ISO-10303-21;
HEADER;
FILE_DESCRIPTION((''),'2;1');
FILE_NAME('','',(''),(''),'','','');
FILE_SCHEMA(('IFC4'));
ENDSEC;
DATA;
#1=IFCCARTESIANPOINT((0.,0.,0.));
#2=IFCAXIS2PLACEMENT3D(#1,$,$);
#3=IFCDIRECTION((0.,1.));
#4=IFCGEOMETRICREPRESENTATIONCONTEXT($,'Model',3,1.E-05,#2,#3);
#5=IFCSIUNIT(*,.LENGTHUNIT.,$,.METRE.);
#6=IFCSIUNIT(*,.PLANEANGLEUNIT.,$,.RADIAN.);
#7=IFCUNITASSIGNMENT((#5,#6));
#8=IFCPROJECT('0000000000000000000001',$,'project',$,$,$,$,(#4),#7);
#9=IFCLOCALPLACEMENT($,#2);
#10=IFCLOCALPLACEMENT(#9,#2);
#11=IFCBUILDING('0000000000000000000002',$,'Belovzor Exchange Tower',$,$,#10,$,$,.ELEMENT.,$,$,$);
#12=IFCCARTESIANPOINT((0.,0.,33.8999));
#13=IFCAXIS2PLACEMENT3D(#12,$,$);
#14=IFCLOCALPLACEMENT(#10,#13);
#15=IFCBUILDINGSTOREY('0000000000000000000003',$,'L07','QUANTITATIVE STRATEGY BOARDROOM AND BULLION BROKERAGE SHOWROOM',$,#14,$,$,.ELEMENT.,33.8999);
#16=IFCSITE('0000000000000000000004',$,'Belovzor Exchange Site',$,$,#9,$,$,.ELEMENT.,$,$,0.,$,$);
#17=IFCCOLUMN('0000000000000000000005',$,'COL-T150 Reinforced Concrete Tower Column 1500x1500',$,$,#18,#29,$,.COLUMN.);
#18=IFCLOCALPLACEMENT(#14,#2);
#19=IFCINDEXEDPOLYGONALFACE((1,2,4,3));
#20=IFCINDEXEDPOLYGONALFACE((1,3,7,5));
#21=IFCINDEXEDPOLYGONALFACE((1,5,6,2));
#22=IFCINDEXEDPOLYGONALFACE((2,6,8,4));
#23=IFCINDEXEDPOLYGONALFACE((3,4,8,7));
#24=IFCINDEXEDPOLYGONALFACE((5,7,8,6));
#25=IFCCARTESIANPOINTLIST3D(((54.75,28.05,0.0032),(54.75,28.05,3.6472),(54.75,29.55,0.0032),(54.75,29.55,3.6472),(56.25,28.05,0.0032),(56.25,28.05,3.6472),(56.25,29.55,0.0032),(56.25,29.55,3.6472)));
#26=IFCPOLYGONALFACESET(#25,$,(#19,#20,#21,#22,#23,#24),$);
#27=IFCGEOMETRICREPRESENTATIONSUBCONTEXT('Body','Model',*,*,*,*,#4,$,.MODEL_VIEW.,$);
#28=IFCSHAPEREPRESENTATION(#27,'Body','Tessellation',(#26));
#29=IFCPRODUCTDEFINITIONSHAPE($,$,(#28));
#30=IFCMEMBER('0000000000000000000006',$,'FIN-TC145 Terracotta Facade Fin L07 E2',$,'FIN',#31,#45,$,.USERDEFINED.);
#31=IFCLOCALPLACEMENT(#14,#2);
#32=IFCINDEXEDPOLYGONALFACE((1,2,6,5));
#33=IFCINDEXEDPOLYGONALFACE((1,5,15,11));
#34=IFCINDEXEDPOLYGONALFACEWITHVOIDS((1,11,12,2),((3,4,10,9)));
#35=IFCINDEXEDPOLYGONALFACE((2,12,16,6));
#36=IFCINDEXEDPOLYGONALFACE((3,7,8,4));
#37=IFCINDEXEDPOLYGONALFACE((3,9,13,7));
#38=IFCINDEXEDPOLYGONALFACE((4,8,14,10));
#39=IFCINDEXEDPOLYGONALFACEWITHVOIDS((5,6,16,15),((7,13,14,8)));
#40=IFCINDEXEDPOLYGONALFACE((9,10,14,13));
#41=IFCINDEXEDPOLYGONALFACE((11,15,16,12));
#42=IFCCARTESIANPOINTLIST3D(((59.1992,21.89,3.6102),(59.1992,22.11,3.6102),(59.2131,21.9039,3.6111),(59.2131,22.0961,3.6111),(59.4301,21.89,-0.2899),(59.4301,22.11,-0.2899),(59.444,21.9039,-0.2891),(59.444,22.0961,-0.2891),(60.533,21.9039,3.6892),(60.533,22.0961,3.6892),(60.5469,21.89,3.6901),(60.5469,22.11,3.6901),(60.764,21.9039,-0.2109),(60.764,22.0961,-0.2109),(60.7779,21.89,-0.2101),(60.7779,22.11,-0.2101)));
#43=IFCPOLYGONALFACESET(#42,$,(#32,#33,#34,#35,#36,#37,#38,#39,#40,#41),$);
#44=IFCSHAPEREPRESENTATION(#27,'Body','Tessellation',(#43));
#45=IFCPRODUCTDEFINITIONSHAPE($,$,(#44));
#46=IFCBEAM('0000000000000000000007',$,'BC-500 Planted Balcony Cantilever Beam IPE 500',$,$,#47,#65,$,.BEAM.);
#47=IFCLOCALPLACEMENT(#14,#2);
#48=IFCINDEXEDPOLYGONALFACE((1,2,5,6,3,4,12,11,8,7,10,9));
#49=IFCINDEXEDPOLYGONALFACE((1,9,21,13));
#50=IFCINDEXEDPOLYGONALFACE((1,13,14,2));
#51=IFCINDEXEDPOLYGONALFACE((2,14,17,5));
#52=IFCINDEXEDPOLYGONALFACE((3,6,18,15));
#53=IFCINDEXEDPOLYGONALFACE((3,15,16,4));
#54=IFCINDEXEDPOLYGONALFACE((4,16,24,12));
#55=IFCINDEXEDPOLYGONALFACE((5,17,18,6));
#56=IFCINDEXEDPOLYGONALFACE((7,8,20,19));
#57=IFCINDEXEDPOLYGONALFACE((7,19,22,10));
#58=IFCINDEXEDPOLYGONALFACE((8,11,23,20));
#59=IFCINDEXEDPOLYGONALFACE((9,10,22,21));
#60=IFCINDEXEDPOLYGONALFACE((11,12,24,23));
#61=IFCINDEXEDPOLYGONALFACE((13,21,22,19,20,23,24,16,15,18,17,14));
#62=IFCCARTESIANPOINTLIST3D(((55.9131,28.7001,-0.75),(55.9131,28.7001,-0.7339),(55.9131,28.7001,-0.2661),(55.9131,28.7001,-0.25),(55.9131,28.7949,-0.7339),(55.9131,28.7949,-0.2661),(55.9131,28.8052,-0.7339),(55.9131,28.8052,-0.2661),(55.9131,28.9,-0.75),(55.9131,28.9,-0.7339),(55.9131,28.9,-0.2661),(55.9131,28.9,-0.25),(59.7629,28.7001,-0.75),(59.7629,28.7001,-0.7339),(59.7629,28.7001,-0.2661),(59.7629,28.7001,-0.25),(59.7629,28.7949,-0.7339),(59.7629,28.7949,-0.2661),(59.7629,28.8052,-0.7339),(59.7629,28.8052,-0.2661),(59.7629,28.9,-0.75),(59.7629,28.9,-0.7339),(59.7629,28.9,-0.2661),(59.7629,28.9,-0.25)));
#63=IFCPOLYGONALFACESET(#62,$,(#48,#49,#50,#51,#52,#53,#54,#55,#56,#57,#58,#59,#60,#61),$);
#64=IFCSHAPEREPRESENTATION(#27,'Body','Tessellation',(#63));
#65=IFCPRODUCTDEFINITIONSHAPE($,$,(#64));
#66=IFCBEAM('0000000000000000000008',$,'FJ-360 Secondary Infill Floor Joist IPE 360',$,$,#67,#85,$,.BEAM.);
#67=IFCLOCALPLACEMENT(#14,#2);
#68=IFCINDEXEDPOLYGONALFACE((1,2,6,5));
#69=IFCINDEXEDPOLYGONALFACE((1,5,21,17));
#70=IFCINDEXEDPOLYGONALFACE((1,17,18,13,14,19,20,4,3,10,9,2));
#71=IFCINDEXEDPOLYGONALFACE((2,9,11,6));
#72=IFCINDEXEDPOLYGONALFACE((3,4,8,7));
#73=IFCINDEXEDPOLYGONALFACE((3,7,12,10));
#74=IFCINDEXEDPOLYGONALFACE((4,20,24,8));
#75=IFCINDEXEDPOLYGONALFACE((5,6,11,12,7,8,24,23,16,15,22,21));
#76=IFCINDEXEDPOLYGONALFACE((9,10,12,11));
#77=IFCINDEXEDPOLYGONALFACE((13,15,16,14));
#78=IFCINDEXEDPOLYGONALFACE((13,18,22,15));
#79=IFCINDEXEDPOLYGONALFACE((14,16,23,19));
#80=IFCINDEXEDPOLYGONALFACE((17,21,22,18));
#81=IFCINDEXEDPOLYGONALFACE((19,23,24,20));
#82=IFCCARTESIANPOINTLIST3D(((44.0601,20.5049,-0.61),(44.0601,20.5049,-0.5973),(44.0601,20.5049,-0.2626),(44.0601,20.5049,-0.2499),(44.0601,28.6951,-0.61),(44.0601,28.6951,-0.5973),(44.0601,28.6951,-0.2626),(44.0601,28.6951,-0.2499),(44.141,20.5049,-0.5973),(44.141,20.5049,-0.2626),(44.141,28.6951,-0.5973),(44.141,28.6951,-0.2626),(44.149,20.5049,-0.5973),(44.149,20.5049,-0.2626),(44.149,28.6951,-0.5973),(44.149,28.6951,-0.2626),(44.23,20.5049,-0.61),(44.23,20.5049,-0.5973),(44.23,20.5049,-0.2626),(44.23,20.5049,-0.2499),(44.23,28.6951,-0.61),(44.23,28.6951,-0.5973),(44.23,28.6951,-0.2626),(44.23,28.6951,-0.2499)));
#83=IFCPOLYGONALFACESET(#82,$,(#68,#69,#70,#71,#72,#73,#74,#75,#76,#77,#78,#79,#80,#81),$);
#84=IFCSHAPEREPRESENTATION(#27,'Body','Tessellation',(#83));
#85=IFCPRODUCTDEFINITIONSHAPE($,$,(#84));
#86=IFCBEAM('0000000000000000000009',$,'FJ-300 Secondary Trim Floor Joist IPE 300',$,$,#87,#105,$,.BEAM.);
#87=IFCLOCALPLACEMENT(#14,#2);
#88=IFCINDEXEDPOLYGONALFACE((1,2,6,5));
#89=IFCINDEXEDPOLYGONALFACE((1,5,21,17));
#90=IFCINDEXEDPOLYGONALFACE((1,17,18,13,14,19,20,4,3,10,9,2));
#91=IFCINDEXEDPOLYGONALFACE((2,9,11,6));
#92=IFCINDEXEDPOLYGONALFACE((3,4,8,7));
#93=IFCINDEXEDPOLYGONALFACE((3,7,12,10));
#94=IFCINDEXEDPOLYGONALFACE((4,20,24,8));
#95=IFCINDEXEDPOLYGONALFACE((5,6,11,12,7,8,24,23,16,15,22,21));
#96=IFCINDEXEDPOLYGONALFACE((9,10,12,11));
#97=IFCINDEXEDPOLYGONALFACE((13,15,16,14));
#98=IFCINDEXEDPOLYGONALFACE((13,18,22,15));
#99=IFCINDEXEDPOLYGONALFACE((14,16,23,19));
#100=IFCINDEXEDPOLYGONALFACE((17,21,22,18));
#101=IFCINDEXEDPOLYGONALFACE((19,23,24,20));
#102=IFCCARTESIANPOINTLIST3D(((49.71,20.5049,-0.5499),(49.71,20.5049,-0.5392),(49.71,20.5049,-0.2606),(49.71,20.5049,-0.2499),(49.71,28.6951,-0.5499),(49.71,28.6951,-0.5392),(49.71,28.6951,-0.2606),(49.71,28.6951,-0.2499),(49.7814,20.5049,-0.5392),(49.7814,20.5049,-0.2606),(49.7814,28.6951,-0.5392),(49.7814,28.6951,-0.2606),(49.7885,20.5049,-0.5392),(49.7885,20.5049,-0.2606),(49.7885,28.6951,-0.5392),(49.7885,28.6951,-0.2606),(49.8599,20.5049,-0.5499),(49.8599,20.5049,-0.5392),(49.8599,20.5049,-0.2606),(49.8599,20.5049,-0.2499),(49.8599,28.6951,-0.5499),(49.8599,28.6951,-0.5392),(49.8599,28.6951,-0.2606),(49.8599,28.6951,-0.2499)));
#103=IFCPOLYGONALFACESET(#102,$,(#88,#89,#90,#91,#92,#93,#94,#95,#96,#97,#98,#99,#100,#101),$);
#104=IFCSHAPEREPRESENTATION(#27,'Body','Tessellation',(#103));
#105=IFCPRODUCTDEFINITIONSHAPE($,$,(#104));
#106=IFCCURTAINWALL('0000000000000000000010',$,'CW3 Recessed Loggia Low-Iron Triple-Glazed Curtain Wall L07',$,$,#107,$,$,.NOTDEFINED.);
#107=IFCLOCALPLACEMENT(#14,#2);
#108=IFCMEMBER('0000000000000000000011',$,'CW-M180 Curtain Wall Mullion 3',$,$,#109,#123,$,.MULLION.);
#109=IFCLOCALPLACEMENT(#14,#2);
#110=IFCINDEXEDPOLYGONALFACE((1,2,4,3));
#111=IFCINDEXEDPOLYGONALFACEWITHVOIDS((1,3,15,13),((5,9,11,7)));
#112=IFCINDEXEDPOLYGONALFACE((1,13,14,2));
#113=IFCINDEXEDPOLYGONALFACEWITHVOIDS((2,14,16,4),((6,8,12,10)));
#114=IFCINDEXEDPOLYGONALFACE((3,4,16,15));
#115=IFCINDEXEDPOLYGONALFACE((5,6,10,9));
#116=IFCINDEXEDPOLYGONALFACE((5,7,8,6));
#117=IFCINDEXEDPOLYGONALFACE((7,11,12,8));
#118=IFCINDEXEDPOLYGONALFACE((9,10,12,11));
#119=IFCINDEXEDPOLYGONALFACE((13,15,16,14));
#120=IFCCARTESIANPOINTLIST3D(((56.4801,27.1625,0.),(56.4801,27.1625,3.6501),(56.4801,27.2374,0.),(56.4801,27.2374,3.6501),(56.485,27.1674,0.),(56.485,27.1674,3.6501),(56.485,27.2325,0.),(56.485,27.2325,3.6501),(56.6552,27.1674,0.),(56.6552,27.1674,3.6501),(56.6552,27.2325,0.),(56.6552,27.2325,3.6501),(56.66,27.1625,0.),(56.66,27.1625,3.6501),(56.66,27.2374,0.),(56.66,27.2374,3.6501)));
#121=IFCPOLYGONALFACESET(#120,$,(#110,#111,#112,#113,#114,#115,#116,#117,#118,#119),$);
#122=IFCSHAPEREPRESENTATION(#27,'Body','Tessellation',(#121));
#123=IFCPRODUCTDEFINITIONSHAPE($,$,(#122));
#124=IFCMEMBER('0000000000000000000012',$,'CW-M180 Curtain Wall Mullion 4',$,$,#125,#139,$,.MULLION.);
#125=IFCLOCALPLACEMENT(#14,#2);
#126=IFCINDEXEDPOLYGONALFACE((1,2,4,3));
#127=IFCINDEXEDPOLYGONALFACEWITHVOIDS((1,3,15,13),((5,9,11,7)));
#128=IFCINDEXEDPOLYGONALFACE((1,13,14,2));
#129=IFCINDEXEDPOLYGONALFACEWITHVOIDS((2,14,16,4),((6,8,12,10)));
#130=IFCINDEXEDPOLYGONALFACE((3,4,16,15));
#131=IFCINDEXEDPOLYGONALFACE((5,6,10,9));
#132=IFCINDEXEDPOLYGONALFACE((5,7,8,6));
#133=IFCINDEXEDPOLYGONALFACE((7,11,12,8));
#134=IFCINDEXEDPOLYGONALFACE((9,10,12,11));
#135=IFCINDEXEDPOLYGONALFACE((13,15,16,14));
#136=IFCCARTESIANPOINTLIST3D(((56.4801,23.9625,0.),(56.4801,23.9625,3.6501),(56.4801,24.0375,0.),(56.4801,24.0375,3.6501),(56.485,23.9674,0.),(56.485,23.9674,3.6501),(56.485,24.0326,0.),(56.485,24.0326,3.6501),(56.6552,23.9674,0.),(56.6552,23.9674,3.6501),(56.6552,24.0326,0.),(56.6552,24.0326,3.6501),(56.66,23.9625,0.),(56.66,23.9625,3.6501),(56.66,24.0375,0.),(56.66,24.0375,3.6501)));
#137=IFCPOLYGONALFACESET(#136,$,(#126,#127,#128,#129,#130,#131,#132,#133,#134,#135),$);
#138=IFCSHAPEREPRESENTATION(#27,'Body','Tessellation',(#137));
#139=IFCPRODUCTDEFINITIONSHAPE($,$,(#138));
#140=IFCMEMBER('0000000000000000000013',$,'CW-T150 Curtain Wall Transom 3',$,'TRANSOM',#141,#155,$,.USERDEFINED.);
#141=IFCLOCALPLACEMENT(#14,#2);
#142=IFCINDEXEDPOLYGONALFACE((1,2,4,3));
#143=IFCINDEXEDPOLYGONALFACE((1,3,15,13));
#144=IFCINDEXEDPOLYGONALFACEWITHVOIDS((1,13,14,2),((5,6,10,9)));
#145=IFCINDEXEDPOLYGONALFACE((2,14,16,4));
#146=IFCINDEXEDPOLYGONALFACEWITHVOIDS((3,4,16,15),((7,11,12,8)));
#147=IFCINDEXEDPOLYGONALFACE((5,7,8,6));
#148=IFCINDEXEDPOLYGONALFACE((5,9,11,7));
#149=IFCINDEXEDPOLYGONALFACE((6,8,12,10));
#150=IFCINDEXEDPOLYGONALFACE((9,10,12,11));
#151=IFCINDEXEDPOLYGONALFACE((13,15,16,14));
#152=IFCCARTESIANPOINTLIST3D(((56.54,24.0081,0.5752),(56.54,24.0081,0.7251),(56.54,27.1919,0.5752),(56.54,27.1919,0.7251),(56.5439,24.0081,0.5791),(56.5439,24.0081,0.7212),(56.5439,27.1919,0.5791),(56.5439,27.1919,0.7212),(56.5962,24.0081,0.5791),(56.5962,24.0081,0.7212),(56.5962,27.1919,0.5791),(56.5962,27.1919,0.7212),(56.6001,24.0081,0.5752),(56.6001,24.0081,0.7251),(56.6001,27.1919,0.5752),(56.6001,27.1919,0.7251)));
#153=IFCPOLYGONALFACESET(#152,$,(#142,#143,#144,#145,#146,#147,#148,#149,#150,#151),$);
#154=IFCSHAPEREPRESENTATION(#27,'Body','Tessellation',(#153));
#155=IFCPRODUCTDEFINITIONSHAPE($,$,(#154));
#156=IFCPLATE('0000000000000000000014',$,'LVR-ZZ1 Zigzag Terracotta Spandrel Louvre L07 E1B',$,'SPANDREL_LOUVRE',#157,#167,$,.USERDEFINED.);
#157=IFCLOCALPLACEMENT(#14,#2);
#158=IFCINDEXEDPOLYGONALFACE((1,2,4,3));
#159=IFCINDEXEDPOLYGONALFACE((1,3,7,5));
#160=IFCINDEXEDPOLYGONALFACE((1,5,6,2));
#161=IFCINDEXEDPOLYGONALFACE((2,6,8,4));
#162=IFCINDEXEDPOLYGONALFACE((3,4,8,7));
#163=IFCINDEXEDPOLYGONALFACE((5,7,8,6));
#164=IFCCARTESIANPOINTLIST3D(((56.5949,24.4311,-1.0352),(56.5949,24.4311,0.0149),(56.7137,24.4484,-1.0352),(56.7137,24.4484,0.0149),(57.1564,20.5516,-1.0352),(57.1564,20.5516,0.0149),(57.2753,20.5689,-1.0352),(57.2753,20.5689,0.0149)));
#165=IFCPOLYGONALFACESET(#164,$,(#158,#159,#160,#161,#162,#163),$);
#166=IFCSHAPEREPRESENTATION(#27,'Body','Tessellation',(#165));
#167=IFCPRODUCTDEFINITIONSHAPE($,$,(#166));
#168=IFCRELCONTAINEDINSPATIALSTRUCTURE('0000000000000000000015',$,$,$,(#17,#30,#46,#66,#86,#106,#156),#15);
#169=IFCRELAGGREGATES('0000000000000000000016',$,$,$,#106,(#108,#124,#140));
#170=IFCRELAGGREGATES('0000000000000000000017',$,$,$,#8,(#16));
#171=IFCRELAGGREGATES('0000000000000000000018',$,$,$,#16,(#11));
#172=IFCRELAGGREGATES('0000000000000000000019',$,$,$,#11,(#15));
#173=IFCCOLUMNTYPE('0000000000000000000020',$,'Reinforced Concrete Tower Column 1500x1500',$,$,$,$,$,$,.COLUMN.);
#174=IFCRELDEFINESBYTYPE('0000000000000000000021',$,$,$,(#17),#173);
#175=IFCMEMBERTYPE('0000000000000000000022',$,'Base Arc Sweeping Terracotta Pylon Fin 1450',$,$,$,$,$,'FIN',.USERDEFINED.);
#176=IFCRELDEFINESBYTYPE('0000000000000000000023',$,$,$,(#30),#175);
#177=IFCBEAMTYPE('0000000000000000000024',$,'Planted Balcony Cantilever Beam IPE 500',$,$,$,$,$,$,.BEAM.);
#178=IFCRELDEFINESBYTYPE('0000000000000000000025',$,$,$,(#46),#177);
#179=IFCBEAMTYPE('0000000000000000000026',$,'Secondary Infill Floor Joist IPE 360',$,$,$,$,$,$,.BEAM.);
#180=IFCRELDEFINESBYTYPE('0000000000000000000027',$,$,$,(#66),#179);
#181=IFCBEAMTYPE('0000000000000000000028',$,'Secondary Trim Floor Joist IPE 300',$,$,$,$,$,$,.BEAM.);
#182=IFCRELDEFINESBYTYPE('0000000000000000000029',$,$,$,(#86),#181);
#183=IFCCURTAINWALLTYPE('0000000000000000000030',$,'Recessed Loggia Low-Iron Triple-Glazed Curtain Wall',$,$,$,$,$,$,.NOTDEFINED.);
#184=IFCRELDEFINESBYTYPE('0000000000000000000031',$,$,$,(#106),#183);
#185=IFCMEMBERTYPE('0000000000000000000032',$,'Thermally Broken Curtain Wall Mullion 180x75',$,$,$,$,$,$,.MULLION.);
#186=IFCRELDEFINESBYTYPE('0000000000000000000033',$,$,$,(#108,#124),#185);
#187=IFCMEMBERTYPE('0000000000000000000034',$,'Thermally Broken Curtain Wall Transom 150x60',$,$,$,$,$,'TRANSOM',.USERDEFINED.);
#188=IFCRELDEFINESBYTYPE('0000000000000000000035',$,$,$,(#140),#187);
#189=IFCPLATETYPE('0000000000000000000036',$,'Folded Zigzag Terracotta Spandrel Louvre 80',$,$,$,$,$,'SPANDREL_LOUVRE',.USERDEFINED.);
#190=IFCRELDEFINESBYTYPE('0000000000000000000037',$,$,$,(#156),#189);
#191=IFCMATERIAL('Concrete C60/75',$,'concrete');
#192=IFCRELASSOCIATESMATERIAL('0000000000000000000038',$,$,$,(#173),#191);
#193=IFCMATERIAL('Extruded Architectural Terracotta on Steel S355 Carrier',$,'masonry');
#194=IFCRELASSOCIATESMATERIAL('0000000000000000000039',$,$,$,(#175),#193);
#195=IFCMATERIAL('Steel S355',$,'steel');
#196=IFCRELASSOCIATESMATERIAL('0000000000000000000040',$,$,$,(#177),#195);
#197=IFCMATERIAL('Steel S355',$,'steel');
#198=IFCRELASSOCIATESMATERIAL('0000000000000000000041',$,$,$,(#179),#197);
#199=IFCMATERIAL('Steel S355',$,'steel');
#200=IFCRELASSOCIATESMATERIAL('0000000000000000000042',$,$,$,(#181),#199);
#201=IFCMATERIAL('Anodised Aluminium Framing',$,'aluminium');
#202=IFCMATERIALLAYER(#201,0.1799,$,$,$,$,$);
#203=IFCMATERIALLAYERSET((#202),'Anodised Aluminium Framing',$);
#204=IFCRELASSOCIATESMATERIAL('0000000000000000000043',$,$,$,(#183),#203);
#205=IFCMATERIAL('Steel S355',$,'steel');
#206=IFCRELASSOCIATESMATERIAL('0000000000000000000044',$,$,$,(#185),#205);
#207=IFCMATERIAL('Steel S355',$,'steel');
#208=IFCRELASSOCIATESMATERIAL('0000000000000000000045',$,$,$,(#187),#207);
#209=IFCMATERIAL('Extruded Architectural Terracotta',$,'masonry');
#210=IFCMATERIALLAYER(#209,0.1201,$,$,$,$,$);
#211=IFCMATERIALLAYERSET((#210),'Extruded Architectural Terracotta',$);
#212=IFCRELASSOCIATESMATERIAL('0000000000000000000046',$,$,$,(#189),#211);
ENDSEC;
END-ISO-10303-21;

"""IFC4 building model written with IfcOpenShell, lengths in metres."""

from ifc_helpers import new_model, si_unit, direction, frame, origin, origin_2d, place, context, subcontext, project, spatial, rectangle, hollow_rectangle, i_section, extrude, material, layer, layer_set, material_profile, profile_set, type_object, element, aggregate, save


model = new_model("IFC4")

# Units and contexts
model_context = context("Model", 3, precision=1e-05, world=origin(), true_north=direction((0.0, 1.0)))
body_context = subcontext(model_context, "Body", "Model", "MODEL_VIEW")
ifc_project = project(units=[si_unit("LENGTHUNIT", "METRE"), si_unit("PLANEANGLEUNIT", "RADIAN")], contexts=[model_context])

# Site, building, storey
site_placement = place(None, origin())
site = spatial("IfcSite", under=ifc_project, at=site_placement, Name="Belovzor Exchange Site", CompositionType="ELEMENT", RefElevation=0.0)
building_placement = place(site_placement, origin())
building = spatial("IfcBuilding", under=site, at=building_placement, Name="Belovzor Exchange Tower", CompositionType="ELEMENT")
storey_placement = place(building_placement, frame((0.0, 0.0, 33.8999)))
storey = spatial("IfcBuildingStorey", under=building, at=storey_placement, Name="L07", Description="QUANTITATIVE STRATEGY BOARDROOM AND BULLION BROKERAGE SHOWROOM", CompositionType="ELEMENT", Elevation=33.8999)

# Column
ifc_material_1 = material(Name="Concrete C60/75", Category="concrete")
ifc_material_profile_1 = material_profile(ifc_material_1, rectangle(XDim=1.5, YDim=1.5, at=origin_2d()))
ifc_profile_set_1 = profile_set([ifc_material_profile_1], Name="Concrete C60/75")
column_type = type_object("IfcColumnType", Name="Reinforced Concrete Tower Column 1500x1500", PredefinedType="COLUMN", material=ifc_profile_set_1)
column_placement = place(storey_placement, frame((55.5, 28.8, 0.0032), z_axis=(0.0, 0.0, 1.0), x_axis=(1.0, 0.0, 0.0)))
element("IfcColumn", 1, at=column_placement, inside=storey, type_object=column_type, Name="COL-T150 Reinforced Concrete Tower Column 1500x1500", PredefinedType="COLUMN", context=body_context, shape_type="SweptSolid", body=[
    extrude(rectangle(XDim=1.5, YDim=1.5, at=origin_2d()), origin(), (0.0, 0.0, 1.0), 3.644),
])

# Member
ifc_material_2 = material(Name="Extruded Architectural Terracotta on Steel S355 Carrier", Category="masonry")
ifc_material_profile_2 = material_profile(ifc_material_2, hollow_rectangle(XDim=0.22, YDim=1.3501, WallThickness=0.0139, at=origin_2d()))
ifc_profile_set_2 = profile_set([ifc_material_profile_2], Name="Extruded Architectural Terracotta on Steel S355 Carrier")
member_type_1 = type_object("IfcMemberType", Name="Base Arc Sweeping Terracotta Pylon Fin 1450", ElementType="FIN", PredefinedType="USERDEFINED", material=ifc_profile_set_2)
member_1_placement = place(storey_placement, frame((60.104, 22.0, -0.25), z_axis=(-0.059114, 0.0, 0.998251), x_axis=(0.0, -1.0, 0.0)))
element("IfcMember", 2, at=member_1_placement, inside=storey, type_object=member_type_1, Name="FIN-TC145 Terracotta Facade Fin L07 E2", ObjectType="FIN", PredefinedType="USERDEFINED", context=body_context, shape_type="SweptSolid", body=[
    extrude(hollow_rectangle(XDim=0.22, YDim=1.3501, WallThickness=0.0139, at=origin_2d()), origin(), (0.0, 0.0, 1.0), 3.907),
])

# Beams
ifc_material_3 = material(Name="Steel S355", Category="steel")
ifc_material_profile_3 = material_profile(ifc_material_3, i_section(OverallWidth=0.2, OverallDepth=0.5, WebThickness=0.0103, FlangeThickness=0.0161, at=origin_2d()))
ifc_profile_set_3 = profile_set([ifc_material_profile_3], Name="Steel S355")
beam_type_1 = type_object("IfcBeamType", Name="Planted Balcony Cantilever Beam IPE 500", PredefinedType="BEAM", material=ifc_profile_set_3)
beam_1_placement = place(storey_placement, frame((55.9131, 28.8, -0.5), z_axis=(1.0, 0.0, 0.0), x_axis=(0.0, 1.0, 0.0)))
element("IfcBeam", 3, at=beam_1_placement, inside=storey, type_object=beam_type_1, Name="BC-500 Planted Balcony Cantilever Beam IPE 500", PredefinedType="BEAM", context=body_context, shape_type="SweptSolid", body=[
    extrude(i_section(OverallWidth=0.2, OverallDepth=0.5, WebThickness=0.0103, FlangeThickness=0.0161, at=origin_2d()), origin(), (0.0, 0.0, 1.0), 3.8499),
])
ifc_material_4 = material(Name="Steel S355", Category="steel")
ifc_material_profile_4 = material_profile(ifc_material_4, i_section(OverallWidth=0.1699, OverallDepth=0.3601, WebThickness=0.0081, FlangeThickness=0.0127, at=origin_2d()))
ifc_profile_set_4 = profile_set([ifc_material_profile_4], Name="Steel S355")
beam_type_2 = type_object("IfcBeamType", Name="Secondary Infill Floor Joist IPE 360", PredefinedType="BEAM", material=ifc_profile_set_4)
beam_2_placement = place(storey_placement, frame((44.145, 20.5049, -0.4299), z_axis=(0.0, 1.0, 0.0), x_axis=(-1.0, 0.0, 0.0)))
element("IfcBeam", 4, at=beam_2_placement, inside=storey, type_object=beam_type_2, Name="FJ-360 Secondary Infill Floor Joist IPE 360", PredefinedType="BEAM", context=body_context, shape_type="SweptSolid", body=[
    extrude(i_section(OverallWidth=0.1699, OverallDepth=0.3601, WebThickness=0.0081, FlangeThickness=0.0127, at=origin_2d()), origin(), (0.0, 0.0, 1.0), 8.1902),
])
ifc_material_5 = material(Name="Steel S355", Category="steel")
ifc_material_profile_5 = material_profile(ifc_material_5, i_section(OverallWidth=0.1499, OverallDepth=0.3, WebThickness=0.0071, FlangeThickness=0.0107, at=origin_2d()))
ifc_profile_set_5 = profile_set([ifc_material_profile_5], Name="Steel S355")
beam_type_3 = type_object("IfcBeamType", Name="Secondary Trim Floor Joist IPE 300", PredefinedType="BEAM", material=ifc_profile_set_5)
beam_3_placement = place(storey_placement, frame((49.7849, 20.5049, -0.3999), z_axis=(0.0, 1.0, 0.0), x_axis=(-1.0, 0.0, 0.0)))
element("IfcBeam", 5, at=beam_3_placement, inside=storey, type_object=beam_type_3, Name="FJ-300 Secondary Trim Floor Joist IPE 300", PredefinedType="BEAM", context=body_context, shape_type="SweptSolid", body=[
    extrude(i_section(OverallWidth=0.1499, OverallDepth=0.3, WebThickness=0.0071, FlangeThickness=0.0107, at=origin_2d()), origin(), (0.0, 0.0, 1.0), 8.1902),
])

# Curtain wall, members
ifc_material_6 = material(Name="Anodised Aluminium Framing", Category="aluminium")
ifc_layer_1 = layer(ifc_material_6, 0.1799)
ifc_layer_set_1 = layer_set([ifc_layer_1], Name="Anodised Aluminium Framing")
curtain_wall_type = type_object("IfcCurtainWallType", Name="Recessed Loggia Low-Iron Triple-Glazed Curtain Wall", PredefinedType="NOTDEFINED", material=ifc_layer_set_1)
curtain_wall_placement = place(storey_placement, origin())
curtain_wall = element("IfcCurtainWall", 6, at=curtain_wall_placement, inside=storey, type_object=curtain_wall_type, Name="CW3 Recessed Loggia Low-Iron Triple-Glazed Curtain Wall L07", PredefinedType="NOTDEFINED")
ifc_material_7 = material(Name="Steel S355", Category="steel")
ifc_material_profile_6 = material_profile(ifc_material_7, hollow_rectangle(XDim=0.075, YDim=0.1799, WallThickness=0.0049, at=origin_2d()))
ifc_profile_set_6 = profile_set([ifc_material_profile_6], Name="Steel S355")
member_type_2 = type_object("IfcMemberType", Name="Thermally Broken Curtain Wall Mullion 180x75", PredefinedType="MULLION", material=ifc_profile_set_6)
member_2_placement = place(storey_placement, frame((56.5701, 27.2, 0.0), z_axis=(0.0, 0.0, 1.0), x_axis=(0.0, -1.0, 0.0)))
member_2 = element("IfcMember", 7, at=member_2_placement, type_object=member_type_2, Name="CW-M180 Curtain Wall Mullion 3", PredefinedType="MULLION", context=body_context, shape_type="SweptSolid", body=[
    extrude(hollow_rectangle(XDim=0.075, YDim=0.1799, WallThickness=0.0049, at=origin_2d()), origin(), (0.0, 0.0, 1.0), 3.6501),
])
member_3_placement = place(storey_placement, frame((56.5701, 24.0, 0.0), z_axis=(0.0, 0.0, 1.0), x_axis=(0.0, -1.0, 0.0)))
member_3 = element("IfcMember", 8, at=member_3_placement, type_object=member_type_2, Name="CW-M180 Curtain Wall Mullion 4", PredefinedType="MULLION", context=body_context, shape_type="SweptSolid", body=[
    extrude(hollow_rectangle(XDim=0.075, YDim=0.1799, WallThickness=0.0049, at=origin_2d()), origin(), (0.0, 0.0, 1.0), 3.6501),
])
ifc_material_8 = material(Name="Steel S355", Category="steel")
ifc_material_profile_7 = material_profile(ifc_material_8, hollow_rectangle(XDim=0.0601, YDim=0.1499, WallThickness=0.0039, at=origin_2d()))
ifc_profile_set_7 = profile_set([ifc_material_profile_7], Name="Steel S355")
member_type_3 = type_object("IfcMemberType", Name="Thermally Broken Curtain Wall Transom 150x60", ElementType="TRANSOM", PredefinedType="USERDEFINED", material=ifc_profile_set_7)
member_4_placement = place(storey_placement, frame((56.5701, 27.1919, 0.6501), z_axis=(0.0, -1.0, 0.0), x_axis=(1.0, 0.0, 0.0)))
member_4 = element("IfcMember", 9, at=member_4_placement, type_object=member_type_3, Name="CW-T150 Curtain Wall Transom 3", ObjectType="TRANSOM", PredefinedType="USERDEFINED", context=body_context, shape_type="SweptSolid", body=[
    extrude(hollow_rectangle(XDim=0.0601, YDim=0.1499, WallThickness=0.0039, at=origin_2d()), origin(), (0.0, 0.0, 1.0), 3.1838),
])

# Plate
ifc_material_9 = material(Name="Extruded Architectural Terracotta", Category="masonry")
ifc_layer_2 = layer(ifc_material_9, 0.1201)
ifc_layer_set_2 = layer_set([ifc_layer_2], Name="Extruded Architectural Terracotta")
plate_type_1 = type_object("IfcPlateType", Name="Folded Zigzag Terracotta Spandrel Louvre 80", ElementType="SPANDREL_LOUVRE", PredefinedType="USERDEFINED", material=ifc_layer_set_2)
plate_1_placement = place(storey_placement, frame((56.9351, 22.5, -1.0352), z_axis=(0.0, 0.0, 1.0), x_axis=(-0.143251, 0.989686, 0.0)))
element("IfcPlate", 10, at=plate_1_placement, inside=storey, type_object=plate_type_1, Name="LVR-ZZ1 Zigzag Terracotta Spandrel Louvre L07 E1B", ObjectType="SPANDREL_LOUVRE", PredefinedType="USERDEFINED", context=body_context, shape_type="SweptSolid", body=[
    extrude(rectangle(XDim=3.9199, YDim=0.1201, at=origin_2d()), origin(), (0.0, 0.0, 1.0), 1.05),
])
aggregate(curtain_wall, [member_2, member_3, member_4])

save(model, "model.ifc")
